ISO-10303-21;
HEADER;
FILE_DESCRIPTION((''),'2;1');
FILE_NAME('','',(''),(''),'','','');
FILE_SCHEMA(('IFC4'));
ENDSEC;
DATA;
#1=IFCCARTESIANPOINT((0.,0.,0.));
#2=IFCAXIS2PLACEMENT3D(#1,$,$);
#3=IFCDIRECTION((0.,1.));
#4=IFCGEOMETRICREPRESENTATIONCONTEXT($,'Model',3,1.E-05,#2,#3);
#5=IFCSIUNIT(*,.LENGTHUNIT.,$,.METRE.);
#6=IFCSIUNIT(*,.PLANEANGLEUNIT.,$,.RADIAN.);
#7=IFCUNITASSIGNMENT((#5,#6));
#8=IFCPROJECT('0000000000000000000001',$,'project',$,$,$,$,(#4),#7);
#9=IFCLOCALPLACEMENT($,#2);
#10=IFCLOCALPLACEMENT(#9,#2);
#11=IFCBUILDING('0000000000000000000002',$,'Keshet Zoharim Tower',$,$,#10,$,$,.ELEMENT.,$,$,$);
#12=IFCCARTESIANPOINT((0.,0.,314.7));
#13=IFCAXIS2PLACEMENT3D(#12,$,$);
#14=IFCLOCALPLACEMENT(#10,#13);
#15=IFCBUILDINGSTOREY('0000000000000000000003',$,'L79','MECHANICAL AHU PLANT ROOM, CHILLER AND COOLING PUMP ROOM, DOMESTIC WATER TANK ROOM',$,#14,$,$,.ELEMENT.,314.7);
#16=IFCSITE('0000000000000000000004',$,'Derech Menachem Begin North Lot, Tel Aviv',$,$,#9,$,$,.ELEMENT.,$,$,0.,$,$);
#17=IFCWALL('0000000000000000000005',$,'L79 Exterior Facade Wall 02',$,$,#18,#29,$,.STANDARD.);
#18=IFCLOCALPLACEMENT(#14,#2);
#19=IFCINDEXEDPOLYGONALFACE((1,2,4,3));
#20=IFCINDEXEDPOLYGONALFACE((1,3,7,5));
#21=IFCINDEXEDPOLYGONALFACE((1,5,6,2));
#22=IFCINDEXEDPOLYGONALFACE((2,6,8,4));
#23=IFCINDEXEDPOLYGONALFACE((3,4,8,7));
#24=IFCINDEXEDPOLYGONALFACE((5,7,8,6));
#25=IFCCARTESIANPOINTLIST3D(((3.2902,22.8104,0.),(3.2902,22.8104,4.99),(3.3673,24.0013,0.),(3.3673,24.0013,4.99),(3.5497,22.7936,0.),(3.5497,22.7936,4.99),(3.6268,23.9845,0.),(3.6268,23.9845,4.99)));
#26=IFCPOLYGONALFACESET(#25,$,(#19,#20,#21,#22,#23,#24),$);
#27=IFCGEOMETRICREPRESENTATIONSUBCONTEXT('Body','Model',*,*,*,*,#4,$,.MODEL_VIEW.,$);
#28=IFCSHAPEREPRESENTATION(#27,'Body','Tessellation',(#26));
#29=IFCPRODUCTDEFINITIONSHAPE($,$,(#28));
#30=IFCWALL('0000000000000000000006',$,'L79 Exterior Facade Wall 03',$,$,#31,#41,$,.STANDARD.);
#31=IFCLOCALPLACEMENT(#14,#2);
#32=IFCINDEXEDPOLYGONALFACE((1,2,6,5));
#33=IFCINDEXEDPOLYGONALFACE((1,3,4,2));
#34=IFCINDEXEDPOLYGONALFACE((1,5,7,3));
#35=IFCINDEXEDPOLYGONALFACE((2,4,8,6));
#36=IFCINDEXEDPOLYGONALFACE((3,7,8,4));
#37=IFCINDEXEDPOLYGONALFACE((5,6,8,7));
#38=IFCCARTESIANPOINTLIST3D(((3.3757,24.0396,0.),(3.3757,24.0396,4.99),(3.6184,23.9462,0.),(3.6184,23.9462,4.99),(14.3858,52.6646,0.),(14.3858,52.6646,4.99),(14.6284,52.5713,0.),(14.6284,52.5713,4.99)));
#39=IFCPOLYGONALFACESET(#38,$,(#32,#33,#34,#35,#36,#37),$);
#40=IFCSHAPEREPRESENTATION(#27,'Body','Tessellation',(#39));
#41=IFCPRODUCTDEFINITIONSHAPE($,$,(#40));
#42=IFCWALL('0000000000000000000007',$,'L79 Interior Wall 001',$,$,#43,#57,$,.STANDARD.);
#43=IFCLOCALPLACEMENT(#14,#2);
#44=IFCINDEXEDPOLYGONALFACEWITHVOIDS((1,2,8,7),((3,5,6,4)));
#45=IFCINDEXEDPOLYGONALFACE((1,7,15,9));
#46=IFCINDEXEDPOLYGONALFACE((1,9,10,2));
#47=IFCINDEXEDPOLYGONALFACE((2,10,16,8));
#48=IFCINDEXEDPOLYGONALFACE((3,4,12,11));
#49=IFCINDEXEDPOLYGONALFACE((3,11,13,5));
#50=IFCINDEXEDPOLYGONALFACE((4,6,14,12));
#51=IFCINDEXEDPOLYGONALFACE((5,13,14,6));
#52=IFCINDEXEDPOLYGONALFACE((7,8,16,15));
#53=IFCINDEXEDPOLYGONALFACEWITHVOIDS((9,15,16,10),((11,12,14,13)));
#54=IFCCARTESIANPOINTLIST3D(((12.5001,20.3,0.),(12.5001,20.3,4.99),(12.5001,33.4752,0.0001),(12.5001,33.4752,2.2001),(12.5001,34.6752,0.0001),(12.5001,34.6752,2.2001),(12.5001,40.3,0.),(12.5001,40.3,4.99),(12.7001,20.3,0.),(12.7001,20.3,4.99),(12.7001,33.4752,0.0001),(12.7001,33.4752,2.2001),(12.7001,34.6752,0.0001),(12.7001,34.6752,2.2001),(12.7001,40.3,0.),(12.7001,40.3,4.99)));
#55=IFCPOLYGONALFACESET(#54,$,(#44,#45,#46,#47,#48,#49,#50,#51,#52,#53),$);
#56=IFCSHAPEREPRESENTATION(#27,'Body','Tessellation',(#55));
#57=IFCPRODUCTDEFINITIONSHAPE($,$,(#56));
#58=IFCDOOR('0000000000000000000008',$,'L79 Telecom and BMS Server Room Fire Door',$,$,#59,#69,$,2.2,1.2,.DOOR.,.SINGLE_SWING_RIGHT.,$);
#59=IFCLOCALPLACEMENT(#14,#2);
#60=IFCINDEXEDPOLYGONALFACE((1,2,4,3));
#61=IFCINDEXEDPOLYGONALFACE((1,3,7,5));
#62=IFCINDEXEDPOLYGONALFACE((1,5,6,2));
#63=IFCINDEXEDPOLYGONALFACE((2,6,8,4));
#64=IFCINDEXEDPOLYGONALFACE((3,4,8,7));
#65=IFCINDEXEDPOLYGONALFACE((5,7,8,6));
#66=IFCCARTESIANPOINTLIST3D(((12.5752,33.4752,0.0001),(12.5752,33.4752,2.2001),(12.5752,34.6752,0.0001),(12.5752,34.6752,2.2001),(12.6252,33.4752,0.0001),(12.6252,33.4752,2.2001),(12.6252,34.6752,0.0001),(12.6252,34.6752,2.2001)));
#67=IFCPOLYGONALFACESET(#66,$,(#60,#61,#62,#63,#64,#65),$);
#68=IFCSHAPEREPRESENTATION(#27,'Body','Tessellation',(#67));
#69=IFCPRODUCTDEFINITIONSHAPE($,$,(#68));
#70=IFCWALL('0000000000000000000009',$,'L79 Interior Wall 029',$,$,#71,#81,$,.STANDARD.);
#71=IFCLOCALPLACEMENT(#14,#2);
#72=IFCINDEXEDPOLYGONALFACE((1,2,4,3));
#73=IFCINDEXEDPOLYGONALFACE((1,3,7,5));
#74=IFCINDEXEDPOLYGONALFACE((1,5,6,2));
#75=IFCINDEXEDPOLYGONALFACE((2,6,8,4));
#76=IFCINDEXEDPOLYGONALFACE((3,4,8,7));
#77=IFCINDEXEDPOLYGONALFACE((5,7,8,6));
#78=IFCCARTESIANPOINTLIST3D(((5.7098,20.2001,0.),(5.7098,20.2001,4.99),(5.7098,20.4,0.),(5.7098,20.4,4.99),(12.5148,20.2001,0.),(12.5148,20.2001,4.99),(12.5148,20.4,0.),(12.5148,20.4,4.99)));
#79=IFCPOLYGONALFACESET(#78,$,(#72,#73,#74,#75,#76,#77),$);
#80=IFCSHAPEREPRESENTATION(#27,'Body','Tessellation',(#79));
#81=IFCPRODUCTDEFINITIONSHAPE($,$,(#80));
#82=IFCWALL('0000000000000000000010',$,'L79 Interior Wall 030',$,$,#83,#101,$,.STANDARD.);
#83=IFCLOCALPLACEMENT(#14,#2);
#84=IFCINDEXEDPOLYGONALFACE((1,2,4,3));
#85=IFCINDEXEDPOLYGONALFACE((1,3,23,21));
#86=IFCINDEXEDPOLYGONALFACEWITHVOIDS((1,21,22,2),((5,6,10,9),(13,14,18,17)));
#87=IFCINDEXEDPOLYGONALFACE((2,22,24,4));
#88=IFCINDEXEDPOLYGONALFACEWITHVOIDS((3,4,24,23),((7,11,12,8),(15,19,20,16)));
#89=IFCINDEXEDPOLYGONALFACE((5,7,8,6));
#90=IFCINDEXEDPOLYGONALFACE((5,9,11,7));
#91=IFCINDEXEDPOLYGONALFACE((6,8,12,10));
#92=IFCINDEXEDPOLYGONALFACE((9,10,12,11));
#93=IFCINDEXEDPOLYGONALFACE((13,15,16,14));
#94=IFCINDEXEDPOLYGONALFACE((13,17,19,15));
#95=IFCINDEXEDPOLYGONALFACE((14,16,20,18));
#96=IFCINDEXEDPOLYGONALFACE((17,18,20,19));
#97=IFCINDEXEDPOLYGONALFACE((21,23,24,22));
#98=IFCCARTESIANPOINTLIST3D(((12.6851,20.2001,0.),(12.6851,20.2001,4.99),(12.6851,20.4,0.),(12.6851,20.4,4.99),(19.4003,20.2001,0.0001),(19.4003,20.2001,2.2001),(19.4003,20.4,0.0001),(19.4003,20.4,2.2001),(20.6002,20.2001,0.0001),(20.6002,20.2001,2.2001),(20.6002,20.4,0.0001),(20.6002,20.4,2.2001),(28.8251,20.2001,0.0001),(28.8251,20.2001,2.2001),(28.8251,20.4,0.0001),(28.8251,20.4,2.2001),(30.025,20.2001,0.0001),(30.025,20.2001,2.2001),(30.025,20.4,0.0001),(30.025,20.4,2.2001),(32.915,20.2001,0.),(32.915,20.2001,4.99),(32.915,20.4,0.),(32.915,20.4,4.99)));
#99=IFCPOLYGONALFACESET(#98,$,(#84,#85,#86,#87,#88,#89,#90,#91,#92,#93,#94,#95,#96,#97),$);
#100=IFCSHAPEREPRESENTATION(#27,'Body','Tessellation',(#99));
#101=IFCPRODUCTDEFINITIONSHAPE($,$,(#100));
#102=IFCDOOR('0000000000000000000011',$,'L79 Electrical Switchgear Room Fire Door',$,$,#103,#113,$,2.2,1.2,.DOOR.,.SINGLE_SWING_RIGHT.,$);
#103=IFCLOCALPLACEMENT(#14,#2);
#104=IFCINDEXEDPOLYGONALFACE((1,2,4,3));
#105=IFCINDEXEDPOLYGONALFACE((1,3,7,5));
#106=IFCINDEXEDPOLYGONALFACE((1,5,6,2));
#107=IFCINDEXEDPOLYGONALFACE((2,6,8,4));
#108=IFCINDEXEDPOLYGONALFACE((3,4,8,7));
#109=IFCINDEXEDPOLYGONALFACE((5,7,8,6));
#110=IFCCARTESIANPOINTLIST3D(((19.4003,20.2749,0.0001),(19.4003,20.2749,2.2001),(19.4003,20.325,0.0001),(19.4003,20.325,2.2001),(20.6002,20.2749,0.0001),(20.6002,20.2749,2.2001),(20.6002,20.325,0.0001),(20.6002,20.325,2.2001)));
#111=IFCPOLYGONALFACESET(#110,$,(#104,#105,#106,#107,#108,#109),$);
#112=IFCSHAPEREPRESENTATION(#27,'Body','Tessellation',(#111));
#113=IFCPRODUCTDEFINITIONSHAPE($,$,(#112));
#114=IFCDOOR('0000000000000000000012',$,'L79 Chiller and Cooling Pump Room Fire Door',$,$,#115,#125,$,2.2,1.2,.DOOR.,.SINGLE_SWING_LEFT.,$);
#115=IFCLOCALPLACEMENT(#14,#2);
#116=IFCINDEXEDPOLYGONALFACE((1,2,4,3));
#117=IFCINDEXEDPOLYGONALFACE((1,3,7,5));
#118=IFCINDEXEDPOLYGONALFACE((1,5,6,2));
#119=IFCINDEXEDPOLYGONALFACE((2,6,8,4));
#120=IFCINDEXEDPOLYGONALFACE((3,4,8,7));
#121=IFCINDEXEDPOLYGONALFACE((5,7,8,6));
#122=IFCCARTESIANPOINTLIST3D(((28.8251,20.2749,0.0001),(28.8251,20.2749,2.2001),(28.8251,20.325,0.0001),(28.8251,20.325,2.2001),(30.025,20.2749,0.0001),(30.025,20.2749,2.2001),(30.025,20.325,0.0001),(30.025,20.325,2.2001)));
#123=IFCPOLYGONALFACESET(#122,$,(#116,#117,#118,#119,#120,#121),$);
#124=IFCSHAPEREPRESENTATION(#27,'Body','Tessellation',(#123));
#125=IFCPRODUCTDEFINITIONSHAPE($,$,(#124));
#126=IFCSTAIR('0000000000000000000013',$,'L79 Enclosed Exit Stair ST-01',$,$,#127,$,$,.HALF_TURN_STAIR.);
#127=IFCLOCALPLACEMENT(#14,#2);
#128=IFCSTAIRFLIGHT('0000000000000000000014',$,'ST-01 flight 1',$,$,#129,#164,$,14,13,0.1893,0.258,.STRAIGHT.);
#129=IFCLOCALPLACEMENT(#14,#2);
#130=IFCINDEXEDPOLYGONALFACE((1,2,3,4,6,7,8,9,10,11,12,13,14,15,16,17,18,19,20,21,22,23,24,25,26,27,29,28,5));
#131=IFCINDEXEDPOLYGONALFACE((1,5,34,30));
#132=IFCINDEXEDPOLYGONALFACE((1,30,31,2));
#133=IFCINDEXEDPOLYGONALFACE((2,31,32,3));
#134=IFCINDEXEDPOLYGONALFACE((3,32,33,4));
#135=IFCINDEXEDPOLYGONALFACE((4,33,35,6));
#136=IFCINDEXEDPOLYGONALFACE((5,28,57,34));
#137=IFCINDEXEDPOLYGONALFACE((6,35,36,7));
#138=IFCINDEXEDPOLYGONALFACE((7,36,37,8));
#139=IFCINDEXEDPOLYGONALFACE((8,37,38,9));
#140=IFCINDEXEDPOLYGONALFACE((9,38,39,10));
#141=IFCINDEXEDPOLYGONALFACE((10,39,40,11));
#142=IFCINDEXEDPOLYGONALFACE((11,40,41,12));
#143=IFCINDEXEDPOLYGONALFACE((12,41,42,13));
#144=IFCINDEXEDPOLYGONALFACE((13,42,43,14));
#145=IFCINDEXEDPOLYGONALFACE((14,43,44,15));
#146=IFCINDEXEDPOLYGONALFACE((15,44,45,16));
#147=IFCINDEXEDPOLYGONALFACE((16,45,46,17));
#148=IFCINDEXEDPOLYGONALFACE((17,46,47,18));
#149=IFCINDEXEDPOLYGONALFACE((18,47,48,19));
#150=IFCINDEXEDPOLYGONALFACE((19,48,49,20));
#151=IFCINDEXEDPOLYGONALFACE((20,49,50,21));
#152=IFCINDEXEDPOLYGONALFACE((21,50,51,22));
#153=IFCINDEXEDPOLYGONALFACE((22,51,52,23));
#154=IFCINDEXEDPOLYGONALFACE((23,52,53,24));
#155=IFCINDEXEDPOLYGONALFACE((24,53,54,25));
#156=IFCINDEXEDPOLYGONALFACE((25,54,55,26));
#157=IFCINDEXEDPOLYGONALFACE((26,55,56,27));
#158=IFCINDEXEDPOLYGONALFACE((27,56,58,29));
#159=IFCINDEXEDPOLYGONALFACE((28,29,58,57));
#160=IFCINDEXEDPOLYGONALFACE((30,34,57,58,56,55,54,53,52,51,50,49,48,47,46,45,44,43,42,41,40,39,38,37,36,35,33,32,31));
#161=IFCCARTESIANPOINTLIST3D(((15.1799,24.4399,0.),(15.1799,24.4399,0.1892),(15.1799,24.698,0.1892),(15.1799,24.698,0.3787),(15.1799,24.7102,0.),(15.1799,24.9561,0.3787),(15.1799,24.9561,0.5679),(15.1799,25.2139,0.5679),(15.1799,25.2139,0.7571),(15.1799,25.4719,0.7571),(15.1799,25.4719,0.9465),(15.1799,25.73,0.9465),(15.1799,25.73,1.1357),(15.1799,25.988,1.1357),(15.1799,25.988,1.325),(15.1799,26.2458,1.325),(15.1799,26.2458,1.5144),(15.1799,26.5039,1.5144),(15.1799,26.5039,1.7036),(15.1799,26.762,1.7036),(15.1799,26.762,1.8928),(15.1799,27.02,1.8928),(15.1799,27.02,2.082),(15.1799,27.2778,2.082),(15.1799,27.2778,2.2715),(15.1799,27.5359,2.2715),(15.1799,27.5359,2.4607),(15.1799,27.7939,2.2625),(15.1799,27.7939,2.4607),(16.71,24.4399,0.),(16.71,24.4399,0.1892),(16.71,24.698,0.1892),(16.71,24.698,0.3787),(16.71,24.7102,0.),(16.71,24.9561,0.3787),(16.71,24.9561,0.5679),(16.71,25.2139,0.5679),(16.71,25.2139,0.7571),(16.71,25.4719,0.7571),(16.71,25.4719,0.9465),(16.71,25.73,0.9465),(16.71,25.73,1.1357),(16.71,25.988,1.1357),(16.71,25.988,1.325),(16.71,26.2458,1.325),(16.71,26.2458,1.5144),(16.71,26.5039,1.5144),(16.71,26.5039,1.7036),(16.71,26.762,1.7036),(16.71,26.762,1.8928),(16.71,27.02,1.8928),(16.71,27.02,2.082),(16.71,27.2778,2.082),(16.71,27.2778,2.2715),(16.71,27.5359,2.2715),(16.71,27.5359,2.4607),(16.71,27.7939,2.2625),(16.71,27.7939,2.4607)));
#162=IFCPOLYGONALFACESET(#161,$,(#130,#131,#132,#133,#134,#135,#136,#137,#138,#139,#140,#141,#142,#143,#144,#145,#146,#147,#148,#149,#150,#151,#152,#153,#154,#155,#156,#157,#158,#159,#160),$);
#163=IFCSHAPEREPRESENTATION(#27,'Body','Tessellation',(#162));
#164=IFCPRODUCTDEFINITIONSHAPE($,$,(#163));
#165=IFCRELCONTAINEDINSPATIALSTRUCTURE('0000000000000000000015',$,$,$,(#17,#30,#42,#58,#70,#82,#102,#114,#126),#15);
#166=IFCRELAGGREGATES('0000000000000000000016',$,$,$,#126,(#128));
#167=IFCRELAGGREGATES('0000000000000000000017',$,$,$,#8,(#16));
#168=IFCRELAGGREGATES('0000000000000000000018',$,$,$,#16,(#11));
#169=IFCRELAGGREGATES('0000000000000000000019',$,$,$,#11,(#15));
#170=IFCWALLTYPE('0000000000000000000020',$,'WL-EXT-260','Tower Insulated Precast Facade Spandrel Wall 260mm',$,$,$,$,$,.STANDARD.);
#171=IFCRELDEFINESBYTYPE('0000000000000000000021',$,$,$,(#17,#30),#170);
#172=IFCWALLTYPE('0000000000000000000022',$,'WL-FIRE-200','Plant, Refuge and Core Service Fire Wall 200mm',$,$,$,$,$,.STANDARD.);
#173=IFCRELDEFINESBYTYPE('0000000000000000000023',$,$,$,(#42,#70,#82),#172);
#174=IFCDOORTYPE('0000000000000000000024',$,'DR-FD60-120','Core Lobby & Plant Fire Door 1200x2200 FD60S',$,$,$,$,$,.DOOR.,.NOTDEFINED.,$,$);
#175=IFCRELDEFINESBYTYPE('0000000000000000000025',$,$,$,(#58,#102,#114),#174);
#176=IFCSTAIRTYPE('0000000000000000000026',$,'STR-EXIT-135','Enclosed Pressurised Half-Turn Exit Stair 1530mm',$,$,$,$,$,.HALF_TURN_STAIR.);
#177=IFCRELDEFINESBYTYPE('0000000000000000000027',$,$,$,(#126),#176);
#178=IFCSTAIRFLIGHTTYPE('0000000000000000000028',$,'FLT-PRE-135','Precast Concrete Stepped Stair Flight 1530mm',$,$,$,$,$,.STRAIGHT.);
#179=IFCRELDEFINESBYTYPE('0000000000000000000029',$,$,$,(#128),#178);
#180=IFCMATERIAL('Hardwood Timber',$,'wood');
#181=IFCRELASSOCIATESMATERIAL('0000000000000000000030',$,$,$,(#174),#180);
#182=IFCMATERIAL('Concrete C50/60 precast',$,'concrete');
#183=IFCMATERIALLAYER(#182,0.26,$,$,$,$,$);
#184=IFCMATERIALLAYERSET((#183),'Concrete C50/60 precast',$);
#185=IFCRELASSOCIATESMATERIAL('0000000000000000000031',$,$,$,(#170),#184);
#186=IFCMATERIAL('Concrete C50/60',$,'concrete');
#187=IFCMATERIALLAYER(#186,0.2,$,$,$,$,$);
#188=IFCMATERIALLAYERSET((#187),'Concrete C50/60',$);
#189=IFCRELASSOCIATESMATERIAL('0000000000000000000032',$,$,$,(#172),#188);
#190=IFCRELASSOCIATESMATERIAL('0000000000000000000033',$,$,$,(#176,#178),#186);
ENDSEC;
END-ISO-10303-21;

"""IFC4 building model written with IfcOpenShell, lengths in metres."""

from ifc_helpers import new_model, si_unit, direction, frame, frame_2d, origin, place, context, subcontext, project, spatial, polyline, rectangle, outline, extrude, material, layer, layer_set, type_object, element, fill, aggregate, save


model = new_model("IFC4")

# Units and contexts
model_context = context("Model", 3, precision=1e-05, world=origin(), true_north=direction((0.0, 1.0)))
body_context = subcontext(model_context, "Body", "Model", "MODEL_VIEW")
ifc_project = project(units=[si_unit("LENGTHUNIT", "METRE"), si_unit("PLANEANGLEUNIT", "RADIAN")], contexts=[model_context])

# Site, building, storey
site_placement = place(None, origin())
site = spatial("IfcSite", under=ifc_project, at=site_placement, Name="Derech Menachem Begin North Lot, Tel Aviv", CompositionType="ELEMENT", RefElevation=0.0)
building_placement = place(site_placement, origin())
building = spatial("IfcBuilding", under=site, at=building_placement, Name="Keshet Zoharim Tower", CompositionType="ELEMENT")
storey_placement = place(building_placement, frame((0.0, 0.0, 314.7)))
storey = spatial("IfcBuildingStorey", under=building, at=storey_placement, Name="L79", Description="MECHANICAL AHU PLANT ROOM, CHILLER AND COOLING PUMP ROOM, DOMESTIC WATER TANK ROOM", CompositionType="ELEMENT", Elevation=314.7)

# Shared definitions
ifc_material_1 = material(Name="Concrete C50/60", Category="concrete")

# Shared definitions
ifc_material_2 = material(Name="Hardwood Timber", Category="wood")

# Shared definitions
door_type_1 = type_object("IfcDoorType", Name="DR-FD60-120", Description="Core Lobby & Plant Fire Door 1200x2200 FD60S", OperationType="NOTDEFINED", PredefinedType="DOOR", material=ifc_material_2)

# Walls
ifc_material_3 = material(Name="Concrete C50/60 precast", Category="concrete")
ifc_layer_1 = layer(ifc_material_3, 0.26)
ifc_layer_set_1 = layer_set([ifc_layer_1], Name="Concrete C50/60 precast")
wall_type_1 = type_object("IfcWallType", Name="WL-EXT-260", Description="Tower Insulated Precast Facade Spandrel Wall 260mm", PredefinedType="STANDARD", material=ifc_layer_set_1)
wall_1_placement = place(storey_placement, frame((3.4199, 22.802, 0.0), z_axis=(0.0, 0.0, 1.0), x_axis=(0.064645, 0.997908, 0.0)))
element("IfcWall", 1, at=wall_1_placement, inside=storey, type_object=wall_type_1, Name="L79 Exterior Facade Wall 02", PredefinedType="STANDARD", context=body_context, shape_type="SweptSolid", body=[
    extrude(rectangle(XDim=1.1934, YDim=0.26, at=frame_2d((0.5967, 0.0))), origin(), (0.0, 0.0, 1.0), 4.99),
])
wall_2_placement = place(storey_placement, frame((3.4971, 23.9929, 0.0), z_axis=(0.0, 0.0, 1.0), x_axis=(0.35899, 0.933341, 0.0)))
element("IfcWall", 2, at=wall_2_placement, inside=storey, type_object=wall_type_1, Name="L79 Exterior Facade Wall 03", PredefinedType="STANDARD", context=body_context, shape_type="SweptSolid", body=[
    extrude(rectangle(XDim=30.6694, YDim=0.26, at=frame_2d((15.3347, 0.0))), origin(), (0.0, 0.0, 1.0), 4.99),
])

# Wall, opening, door
ifc_layer_2 = layer(ifc_material_1, 0.2)
ifc_layer_set_2 = layer_set([ifc_layer_2], Name="Concrete C50/60")
wall_type_2 = type_object("IfcWallType", Name="WL-FIRE-200", Description="Plant, Refuge and Core Service Fire Wall 200mm", PredefinedType="STANDARD", material=ifc_layer_set_2)
wall_3_placement = place(storey_placement, frame((12.6001, 20.3, 0.0), z_axis=(0.0, 0.0, 1.0), x_axis=(0.0, 1.0, 0.0)))
wall_3 = element("IfcWall", 3, at=wall_3_placement, inside=storey, type_object=wall_type_2, Name="L79 Interior Wall 001", PredefinedType="STANDARD", context=body_context, shape_type="SweptSolid", body=[
    extrude(rectangle(XDim=20.0, YDim=0.2, at=frame_2d((10.0, 0.0))), origin(), (0.0, 0.0, 1.0), 4.99),
])
opening_1_placement = place(wall_3_placement, frame((13.175, 0.0, 0.0)))
opening_1 = element("IfcOpeningElement", 4, at=opening_1_placement, cuts=wall_3, PredefinedType="OPENING", context=body_context, shape_type="SweptSolid", body=[
    extrude(rectangle(XDim=1.2, YDim=2.2, at=frame_2d((0.6001, 1.1001))), frame((0.0, 0.1099, 0.0), z_axis=(0.0, -1.0, 0.0), x_axis=(1.0, 0.0, 0.0)), (0.0, 0.0, 1.0), 0.22),
])
door_1_placement = place(opening_1_placement, origin())
door_1 = element("IfcDoor", 5, at=door_1_placement, inside=storey, type_object=door_type_1, Name="L79 Telecom and BMS Server Room Fire Door", OperationType="SINGLE_SWING_RIGHT", OverallHeight=2.2, OverallWidth=1.2, PredefinedType="DOOR", context=body_context, shape_type="SweptSolid", body=[
    extrude(rectangle(XDim=1.2, YDim=2.2, at=frame_2d((0.6001, 1.1001))), frame((0.0, 0.0249, 0.0), z_axis=(0.0, -1.0, 0.0), x_axis=(1.0, 0.0, 0.0)), (0.0, 0.0, 1.0), 0.05),
])
fill(opening_1, door_1)

# Wall
wall_4_placement = place(storey_placement, frame((5.71, 20.3, 0.0), z_axis=(0.0, 0.0, 1.0), x_axis=(1.0, 0.0, 0.0)))
element("IfcWall", 6, at=wall_4_placement, inside=storey, type_object=wall_type_2, Name="L79 Interior Wall 029", PredefinedType="STANDARD", context=body_context, shape_type="SweptSolid", body=[
    extrude(rectangle(XDim=6.8049, YDim=0.2, at=frame_2d((3.4023, 0.0))), origin(), (0.0, 0.0, 1.0), 4.99),
])

# Wall, openings, doors
wall_5_placement = place(storey_placement, frame((12.6851, 20.3, 0.0), z_axis=(0.0, 0.0, 1.0), x_axis=(1.0, 0.0, 0.0)))
wall_5 = element("IfcWall", 7, at=wall_5_placement, inside=storey, type_object=wall_type_2, Name="L79 Interior Wall 030", PredefinedType="STANDARD", context=body_context, shape_type="SweptSolid", body=[
    extrude(rectangle(XDim=20.23, YDim=0.2, at=frame_2d((10.115, 0.0))), origin(), (0.0, 0.0, 1.0), 4.99),
])
opening_2_placement = place(wall_5_placement, frame((6.7151, 0.0, 0.0)))
opening_2 = element("IfcOpeningElement", 8, at=opening_2_placement, cuts=wall_5, PredefinedType="OPENING", context=body_context, shape_type="SweptSolid", body=[
    extrude(rectangle(XDim=1.2, YDim=2.2, at=frame_2d((0.6001, 1.1001))), frame((0.0, 0.1099, 0.0), z_axis=(0.0, -1.0, 0.0), x_axis=(1.0, 0.0, 0.0)), (0.0, 0.0, 1.0), 0.22),
])
opening_3_placement = place(wall_5_placement, frame((16.1399, 0.0, 0.0)))
opening_3 = element("IfcOpeningElement", 9, at=opening_3_placement, cuts=wall_5, PredefinedType="OPENING", context=body_context, shape_type="SweptSolid", body=[
    extrude(rectangle(XDim=1.2, YDim=2.2, at=frame_2d((0.6001, 1.1001))), frame((0.0, 0.1099, 0.0), z_axis=(0.0, -1.0, 0.0), x_axis=(1.0, 0.0, 0.0)), (0.0, 0.0, 1.0), 0.22),
])
door_2_placement = place(opening_2_placement, origin())
door_2 = element("IfcDoor", 10, at=door_2_placement, inside=storey, type_object=door_type_1, Name="L79 Electrical Switchgear Room Fire Door", OperationType="SINGLE_SWING_RIGHT", OverallHeight=2.2, OverallWidth=1.2, PredefinedType="DOOR", context=body_context, shape_type="SweptSolid", body=[
    extrude(rectangle(XDim=1.2, YDim=2.2, at=frame_2d((0.6001, 1.1001))), frame((0.0, 0.0249, 0.0), z_axis=(0.0, -1.0, 0.0), x_axis=(1.0, 0.0, 0.0)), (0.0, 0.0, 1.0), 0.05),
])
fill(opening_2, door_2)
door_3_placement = place(opening_3_placement, origin())
door_3 = element("IfcDoor", 11, at=door_3_placement, inside=storey, type_object=door_type_1, Name="L79 Chiller and Cooling Pump Room Fire Door", OperationType="SINGLE_SWING_LEFT", OverallHeight=2.2, OverallWidth=1.2, PredefinedType="DOOR", context=body_context, shape_type="SweptSolid", body=[
    extrude(rectangle(XDim=1.2, YDim=2.2, at=frame_2d((0.6001, 1.1001))), frame((0.0, 0.0249, 0.0), z_axis=(0.0, -1.0, 0.0), x_axis=(1.0, 0.0, 0.0)), (0.0, 0.0, 1.0), 0.05),
])
fill(opening_3, door_3)

# Stair, stair flight
stair_type = type_object("IfcStairType", Name="STR-EXIT-135", Description="Enclosed Pressurised Half-Turn Exit Stair 1530mm", PredefinedType="HALF_TURN_STAIR", material=ifc_material_1)
stair_placement = place(storey_placement, origin())
stair = element("IfcStair", 12, at=stair_placement, inside=storey, type_object=stair_type, Name="L79 Enclosed Exit Stair ST-01", PredefinedType="HALF_TURN_STAIR")
stair_flight_type = type_object("IfcStairFlightType", Name="FLT-PRE-135", Description="Precast Concrete Stepped Stair Flight 1530mm", PredefinedType="STRAIGHT", material=ifc_material_1)
stair_flight_1_placement = place(storey_placement, frame((15.9451, 24.4399, 0.0), z_axis=(0.0, 0.0, 1.0), x_axis=(0.0, 1.0, 0.0)))
stair_flight_1 = element("IfcStairFlight", 13, at=stair_flight_1_placement, type_object=stair_flight_type, Name="ST-01 flight 1", NumberOfRisers=14, NumberOfTreads=13, PredefinedType="STRAIGHT", RiserHeight=0.1893, TreadLength=0.258, context=body_context, shape_type="SweptSolid", body=[
    extrude(outline(polyline([(0.0, 0.0), (0.0, 0.1892), (0.2581, 0.1892), (0.2581, 0.3787), (0.5161, 0.3787), (0.5161, 0.5679), (0.7739, 0.5679), (0.7739, 0.7571), (1.032, 0.7571), (1.032, 0.9465), (1.29, 0.9465), (1.29, 1.1357), (1.5481, 1.1357), (1.5481, 1.325), (1.8059, 1.325), (1.8059, 1.5144), (2.064, 1.5144), (2.064, 1.7036), (2.322, 1.7036), (2.322, 1.8928), (2.5801, 1.8928), (2.5801, 2.082), (2.8379, 2.082), (2.8379, 2.2715), (3.0959, 2.2715), (3.0959, 2.4607), (3.354, 2.4607), (3.354, 2.6499), (3.354, 2.2625), (0.2703, 0.0), (0.0, 0.0)])), frame((0.0, 0.7651, 0.0), z_axis=(0.0, -1.0, 0.0), x_axis=(1.0, 0.0, 0.0)), (0.0, 0.0, 1.0), 1.53),
])
aggregate(stair, [stair_flight_1])

save(model, "model.ifc")
